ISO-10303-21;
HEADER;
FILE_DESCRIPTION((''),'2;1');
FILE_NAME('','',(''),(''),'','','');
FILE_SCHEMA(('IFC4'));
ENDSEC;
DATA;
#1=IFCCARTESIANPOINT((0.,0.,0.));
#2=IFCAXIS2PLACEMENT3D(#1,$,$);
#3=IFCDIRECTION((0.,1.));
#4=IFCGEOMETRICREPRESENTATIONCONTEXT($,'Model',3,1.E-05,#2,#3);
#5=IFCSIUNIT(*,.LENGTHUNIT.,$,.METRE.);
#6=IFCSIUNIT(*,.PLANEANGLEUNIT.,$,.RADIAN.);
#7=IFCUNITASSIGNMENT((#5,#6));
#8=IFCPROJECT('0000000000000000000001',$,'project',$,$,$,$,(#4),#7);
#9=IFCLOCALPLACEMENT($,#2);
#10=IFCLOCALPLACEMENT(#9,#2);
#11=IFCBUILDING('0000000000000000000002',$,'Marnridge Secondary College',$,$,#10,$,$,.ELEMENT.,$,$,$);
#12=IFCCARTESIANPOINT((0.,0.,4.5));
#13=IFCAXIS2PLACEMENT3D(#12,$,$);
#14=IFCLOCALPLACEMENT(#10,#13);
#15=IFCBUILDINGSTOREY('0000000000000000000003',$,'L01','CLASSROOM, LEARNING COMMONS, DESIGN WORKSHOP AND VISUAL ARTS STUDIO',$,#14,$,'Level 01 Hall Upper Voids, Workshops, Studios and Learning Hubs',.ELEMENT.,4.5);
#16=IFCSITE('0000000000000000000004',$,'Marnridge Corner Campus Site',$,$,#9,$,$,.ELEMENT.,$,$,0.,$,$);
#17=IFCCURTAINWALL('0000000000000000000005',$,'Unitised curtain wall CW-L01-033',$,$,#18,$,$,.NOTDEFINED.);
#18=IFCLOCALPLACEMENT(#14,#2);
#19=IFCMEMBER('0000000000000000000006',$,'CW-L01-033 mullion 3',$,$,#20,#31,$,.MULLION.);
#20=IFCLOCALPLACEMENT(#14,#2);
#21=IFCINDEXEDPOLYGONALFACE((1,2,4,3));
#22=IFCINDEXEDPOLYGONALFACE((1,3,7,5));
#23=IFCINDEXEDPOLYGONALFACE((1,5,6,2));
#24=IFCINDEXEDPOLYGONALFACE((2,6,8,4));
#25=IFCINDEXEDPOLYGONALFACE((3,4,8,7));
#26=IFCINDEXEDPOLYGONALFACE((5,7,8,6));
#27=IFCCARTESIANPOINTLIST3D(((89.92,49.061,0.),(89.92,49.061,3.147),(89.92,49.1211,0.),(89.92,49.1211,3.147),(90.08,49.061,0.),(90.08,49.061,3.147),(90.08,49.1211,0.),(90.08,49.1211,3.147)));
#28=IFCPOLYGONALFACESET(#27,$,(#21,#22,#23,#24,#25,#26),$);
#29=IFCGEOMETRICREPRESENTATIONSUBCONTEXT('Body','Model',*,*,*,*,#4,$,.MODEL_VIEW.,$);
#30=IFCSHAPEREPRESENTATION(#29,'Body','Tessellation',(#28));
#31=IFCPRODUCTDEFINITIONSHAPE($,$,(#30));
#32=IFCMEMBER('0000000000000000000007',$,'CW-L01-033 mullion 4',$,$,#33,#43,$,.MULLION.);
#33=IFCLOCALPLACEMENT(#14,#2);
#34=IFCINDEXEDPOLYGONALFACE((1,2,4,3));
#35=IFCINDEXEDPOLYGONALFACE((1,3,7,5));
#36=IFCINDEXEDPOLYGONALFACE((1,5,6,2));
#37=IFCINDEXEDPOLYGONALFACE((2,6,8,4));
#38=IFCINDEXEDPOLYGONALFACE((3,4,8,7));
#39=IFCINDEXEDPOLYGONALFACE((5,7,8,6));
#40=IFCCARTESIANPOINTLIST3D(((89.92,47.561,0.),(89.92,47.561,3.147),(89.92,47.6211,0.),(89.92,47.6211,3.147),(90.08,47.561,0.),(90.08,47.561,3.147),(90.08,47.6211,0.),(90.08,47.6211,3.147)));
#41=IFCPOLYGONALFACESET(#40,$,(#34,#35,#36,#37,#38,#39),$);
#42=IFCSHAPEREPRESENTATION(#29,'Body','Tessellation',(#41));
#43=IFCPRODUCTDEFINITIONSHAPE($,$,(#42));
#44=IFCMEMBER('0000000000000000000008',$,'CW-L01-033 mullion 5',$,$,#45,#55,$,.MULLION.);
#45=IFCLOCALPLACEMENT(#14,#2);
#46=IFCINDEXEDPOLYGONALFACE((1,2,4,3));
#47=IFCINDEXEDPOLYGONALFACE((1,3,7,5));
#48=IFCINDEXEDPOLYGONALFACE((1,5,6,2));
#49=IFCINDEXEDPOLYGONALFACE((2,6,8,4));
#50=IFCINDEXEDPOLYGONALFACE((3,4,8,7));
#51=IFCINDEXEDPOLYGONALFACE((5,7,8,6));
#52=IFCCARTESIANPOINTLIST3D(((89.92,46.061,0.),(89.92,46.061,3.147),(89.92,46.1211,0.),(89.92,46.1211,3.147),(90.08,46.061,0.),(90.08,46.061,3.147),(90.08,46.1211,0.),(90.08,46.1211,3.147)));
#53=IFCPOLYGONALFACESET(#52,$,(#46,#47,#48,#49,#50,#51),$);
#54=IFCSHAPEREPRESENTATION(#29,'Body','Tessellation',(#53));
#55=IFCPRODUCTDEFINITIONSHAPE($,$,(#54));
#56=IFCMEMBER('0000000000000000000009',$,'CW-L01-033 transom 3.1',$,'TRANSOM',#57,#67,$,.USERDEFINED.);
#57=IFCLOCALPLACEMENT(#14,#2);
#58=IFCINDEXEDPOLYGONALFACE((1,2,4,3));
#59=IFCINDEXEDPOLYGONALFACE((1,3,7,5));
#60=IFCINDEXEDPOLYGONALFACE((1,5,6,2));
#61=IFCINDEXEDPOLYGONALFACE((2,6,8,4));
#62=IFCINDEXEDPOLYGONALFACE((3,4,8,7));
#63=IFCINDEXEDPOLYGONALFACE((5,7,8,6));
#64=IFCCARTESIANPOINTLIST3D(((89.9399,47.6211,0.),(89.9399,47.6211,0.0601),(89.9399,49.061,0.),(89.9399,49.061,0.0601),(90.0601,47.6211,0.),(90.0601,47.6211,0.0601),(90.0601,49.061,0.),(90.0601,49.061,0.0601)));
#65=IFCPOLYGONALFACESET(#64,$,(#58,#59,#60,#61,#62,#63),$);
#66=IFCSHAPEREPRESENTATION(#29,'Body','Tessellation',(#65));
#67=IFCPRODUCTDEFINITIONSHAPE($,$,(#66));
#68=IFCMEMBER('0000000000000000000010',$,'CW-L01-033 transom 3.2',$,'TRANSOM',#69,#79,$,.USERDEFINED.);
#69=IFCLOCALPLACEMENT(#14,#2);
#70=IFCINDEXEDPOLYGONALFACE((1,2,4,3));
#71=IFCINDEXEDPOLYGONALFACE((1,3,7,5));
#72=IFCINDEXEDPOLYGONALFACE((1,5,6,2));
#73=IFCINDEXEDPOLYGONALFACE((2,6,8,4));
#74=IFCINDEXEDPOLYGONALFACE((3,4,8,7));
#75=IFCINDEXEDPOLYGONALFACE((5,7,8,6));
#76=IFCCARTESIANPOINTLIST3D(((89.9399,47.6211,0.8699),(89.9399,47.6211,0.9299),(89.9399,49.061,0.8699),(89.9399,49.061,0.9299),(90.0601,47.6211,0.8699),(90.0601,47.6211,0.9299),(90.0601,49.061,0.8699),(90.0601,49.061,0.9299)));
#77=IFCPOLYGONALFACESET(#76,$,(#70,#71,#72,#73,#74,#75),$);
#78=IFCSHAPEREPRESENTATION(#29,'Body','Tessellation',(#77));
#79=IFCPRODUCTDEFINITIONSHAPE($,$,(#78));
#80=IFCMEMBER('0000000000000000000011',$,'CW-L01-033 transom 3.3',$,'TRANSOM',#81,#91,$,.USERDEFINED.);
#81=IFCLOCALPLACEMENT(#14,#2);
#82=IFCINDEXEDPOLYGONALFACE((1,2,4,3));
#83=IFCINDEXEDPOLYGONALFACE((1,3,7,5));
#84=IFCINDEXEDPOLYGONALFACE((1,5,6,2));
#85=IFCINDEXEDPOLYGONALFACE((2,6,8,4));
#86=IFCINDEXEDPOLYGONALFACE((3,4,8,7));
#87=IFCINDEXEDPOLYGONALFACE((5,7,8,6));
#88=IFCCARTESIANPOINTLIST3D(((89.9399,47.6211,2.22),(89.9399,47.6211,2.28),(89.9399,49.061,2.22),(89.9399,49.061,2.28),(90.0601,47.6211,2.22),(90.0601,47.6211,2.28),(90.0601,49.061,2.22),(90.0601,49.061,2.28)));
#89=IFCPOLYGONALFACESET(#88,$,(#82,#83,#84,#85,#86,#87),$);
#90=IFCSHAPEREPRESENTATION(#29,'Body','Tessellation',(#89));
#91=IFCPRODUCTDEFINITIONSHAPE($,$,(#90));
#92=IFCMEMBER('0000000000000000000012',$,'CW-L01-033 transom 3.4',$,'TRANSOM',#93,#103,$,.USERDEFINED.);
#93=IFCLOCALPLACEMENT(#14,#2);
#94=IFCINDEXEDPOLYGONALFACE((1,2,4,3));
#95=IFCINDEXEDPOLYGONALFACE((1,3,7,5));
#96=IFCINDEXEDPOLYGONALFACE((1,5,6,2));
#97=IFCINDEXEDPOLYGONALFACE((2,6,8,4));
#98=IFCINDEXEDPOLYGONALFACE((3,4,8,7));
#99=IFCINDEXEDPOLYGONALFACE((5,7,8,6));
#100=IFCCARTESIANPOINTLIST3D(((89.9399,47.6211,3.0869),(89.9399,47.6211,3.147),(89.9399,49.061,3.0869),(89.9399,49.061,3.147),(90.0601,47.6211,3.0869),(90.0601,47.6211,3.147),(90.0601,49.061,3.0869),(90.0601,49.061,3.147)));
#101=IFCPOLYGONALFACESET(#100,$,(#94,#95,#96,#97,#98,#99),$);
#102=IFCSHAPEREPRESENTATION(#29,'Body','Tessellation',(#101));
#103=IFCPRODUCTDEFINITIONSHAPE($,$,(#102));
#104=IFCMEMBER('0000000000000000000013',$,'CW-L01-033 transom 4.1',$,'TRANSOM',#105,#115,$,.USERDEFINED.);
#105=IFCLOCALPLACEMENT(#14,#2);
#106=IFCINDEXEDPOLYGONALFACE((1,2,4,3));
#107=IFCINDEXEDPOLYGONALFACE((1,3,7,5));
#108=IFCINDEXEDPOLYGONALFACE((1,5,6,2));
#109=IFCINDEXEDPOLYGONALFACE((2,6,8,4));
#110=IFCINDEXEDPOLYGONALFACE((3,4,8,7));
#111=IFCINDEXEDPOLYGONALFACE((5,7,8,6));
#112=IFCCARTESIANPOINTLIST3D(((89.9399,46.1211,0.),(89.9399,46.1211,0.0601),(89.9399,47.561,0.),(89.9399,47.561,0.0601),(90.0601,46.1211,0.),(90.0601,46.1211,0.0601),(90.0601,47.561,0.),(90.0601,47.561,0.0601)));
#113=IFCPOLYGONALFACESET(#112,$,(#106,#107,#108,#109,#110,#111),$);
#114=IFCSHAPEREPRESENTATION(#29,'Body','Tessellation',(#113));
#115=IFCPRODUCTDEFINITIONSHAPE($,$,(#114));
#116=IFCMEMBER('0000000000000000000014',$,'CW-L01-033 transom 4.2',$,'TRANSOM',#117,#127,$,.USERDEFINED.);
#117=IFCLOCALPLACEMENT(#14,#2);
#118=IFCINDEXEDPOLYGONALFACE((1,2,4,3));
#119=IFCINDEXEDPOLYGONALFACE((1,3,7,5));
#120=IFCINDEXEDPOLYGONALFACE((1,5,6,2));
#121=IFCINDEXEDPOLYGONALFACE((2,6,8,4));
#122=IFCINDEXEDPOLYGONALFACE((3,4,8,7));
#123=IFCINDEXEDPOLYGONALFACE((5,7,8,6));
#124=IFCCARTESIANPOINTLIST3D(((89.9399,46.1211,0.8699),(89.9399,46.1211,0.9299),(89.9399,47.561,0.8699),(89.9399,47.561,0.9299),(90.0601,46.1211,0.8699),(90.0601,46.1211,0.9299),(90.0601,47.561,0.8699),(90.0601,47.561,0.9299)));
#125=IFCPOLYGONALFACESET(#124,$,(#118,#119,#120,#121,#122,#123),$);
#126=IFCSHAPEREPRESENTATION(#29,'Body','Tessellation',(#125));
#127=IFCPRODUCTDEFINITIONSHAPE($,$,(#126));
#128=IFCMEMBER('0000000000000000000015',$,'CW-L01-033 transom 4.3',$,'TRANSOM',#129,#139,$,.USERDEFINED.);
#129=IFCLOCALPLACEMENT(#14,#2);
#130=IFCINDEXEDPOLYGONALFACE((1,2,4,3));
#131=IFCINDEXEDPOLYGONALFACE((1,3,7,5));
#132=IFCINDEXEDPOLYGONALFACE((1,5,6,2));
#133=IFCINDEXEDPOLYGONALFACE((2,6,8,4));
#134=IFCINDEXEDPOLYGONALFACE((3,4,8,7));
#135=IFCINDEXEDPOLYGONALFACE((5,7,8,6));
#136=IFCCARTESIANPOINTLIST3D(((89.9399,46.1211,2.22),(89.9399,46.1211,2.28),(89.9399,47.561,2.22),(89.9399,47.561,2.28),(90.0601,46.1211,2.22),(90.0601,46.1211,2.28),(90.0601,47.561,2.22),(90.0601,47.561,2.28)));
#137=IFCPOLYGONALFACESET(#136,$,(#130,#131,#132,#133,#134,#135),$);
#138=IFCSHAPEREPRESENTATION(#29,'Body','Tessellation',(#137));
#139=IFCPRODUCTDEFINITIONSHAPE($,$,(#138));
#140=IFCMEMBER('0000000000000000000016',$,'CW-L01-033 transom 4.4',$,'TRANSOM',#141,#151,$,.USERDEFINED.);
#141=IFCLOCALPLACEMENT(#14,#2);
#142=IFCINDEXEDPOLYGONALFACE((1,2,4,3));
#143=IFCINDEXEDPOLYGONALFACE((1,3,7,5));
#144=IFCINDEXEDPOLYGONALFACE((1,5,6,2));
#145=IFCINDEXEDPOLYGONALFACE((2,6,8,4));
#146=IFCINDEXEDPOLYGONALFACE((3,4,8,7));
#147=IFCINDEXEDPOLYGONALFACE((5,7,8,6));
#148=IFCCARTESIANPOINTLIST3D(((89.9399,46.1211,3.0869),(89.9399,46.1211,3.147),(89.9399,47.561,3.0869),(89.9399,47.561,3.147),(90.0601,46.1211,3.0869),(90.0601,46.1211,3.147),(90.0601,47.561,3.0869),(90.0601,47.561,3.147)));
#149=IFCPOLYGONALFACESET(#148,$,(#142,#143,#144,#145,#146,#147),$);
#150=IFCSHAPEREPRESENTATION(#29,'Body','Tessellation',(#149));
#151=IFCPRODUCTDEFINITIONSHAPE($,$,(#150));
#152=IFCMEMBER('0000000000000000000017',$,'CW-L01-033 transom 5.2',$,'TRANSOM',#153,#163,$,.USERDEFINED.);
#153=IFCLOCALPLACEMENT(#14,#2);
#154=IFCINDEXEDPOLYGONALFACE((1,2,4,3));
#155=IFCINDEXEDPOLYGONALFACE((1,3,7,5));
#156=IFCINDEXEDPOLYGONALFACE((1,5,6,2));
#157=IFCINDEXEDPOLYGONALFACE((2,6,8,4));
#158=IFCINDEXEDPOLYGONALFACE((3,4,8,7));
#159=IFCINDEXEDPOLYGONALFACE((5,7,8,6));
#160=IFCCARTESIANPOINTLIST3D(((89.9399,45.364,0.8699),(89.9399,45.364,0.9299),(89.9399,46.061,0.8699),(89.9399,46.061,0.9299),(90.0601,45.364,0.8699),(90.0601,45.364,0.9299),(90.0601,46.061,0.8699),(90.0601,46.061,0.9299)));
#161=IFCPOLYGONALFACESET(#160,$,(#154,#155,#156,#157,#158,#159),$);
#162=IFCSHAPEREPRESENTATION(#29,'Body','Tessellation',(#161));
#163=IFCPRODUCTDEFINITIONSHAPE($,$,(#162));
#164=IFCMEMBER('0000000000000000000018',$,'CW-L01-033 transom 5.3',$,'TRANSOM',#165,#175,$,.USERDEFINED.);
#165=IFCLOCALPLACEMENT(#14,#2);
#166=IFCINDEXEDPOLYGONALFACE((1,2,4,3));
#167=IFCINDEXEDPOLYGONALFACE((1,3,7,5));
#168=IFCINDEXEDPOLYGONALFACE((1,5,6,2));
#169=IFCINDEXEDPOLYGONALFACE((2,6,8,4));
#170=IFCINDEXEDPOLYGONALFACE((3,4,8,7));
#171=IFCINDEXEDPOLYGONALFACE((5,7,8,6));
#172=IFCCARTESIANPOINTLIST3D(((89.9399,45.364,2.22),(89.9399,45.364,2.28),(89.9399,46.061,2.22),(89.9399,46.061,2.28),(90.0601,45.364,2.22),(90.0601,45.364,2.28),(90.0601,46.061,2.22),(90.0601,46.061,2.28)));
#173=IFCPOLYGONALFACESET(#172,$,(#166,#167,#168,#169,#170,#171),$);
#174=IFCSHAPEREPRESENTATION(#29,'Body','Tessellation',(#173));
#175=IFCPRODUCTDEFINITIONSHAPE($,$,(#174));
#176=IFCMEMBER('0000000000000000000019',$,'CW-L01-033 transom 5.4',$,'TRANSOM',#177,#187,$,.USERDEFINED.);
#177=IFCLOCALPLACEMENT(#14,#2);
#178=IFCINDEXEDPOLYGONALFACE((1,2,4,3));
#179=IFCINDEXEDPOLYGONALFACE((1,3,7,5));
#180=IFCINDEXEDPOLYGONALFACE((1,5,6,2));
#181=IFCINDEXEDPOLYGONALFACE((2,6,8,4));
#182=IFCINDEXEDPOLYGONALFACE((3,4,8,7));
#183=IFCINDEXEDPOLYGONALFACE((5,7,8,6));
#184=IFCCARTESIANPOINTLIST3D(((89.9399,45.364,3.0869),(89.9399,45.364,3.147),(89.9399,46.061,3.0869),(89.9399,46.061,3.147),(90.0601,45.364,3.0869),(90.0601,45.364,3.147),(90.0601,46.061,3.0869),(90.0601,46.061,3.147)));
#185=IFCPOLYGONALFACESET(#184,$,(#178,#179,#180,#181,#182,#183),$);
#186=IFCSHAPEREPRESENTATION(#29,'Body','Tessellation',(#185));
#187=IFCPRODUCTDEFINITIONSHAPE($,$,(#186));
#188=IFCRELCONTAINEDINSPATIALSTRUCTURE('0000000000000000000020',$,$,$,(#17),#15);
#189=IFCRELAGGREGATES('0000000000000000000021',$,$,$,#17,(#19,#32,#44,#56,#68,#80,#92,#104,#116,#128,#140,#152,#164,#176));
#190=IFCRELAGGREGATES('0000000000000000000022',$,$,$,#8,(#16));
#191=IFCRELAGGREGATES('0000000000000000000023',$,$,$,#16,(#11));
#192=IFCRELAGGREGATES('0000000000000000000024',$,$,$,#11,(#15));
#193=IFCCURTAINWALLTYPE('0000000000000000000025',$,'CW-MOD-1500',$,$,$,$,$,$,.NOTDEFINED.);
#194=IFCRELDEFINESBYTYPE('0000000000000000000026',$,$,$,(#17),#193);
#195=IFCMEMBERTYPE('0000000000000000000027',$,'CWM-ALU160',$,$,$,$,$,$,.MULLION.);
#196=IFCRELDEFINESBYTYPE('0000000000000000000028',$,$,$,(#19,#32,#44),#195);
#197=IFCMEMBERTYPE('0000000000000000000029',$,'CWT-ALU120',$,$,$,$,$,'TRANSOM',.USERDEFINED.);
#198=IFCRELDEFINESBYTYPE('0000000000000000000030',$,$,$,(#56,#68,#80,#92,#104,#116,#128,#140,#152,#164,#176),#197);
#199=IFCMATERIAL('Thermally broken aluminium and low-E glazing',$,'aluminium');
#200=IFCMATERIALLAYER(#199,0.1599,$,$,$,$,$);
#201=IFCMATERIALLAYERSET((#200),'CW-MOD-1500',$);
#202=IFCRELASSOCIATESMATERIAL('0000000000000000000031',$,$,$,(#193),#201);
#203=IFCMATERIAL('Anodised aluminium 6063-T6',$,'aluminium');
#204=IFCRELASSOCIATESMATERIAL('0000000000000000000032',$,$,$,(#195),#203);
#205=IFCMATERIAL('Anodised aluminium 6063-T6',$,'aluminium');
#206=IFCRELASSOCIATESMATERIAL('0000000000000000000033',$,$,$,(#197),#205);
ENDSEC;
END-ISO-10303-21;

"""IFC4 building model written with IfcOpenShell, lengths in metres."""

from ifc_helpers import new_model, si_unit, direction, frame, origin, origin_2d, place, context, subcontext, project, spatial, rectangle, extrude, material, layer, layer_set, material_profile, profile_set, type_object, element, aggregate, save


model = new_model("IFC4")

# Units and contexts
model_context = context("Model", 3, precision=1e-05, world=origin(), true_north=direction((0.0, 1.0)))
body_context = subcontext(model_context, "Body", "Model", "MODEL_VIEW")
ifc_project = project(units=[si_unit("LENGTHUNIT", "METRE"), si_unit("PLANEANGLEUNIT", "RADIAN")], contexts=[model_context])

# Site, building, storey
site_placement = place(None, origin())
site = spatial("IfcSite", under=ifc_project, at=site_placement, Name="Marnridge Corner Campus Site", CompositionType="ELEMENT", RefElevation=0.0)
building_placement = place(site_placement, origin())
building = spatial("IfcBuilding", under=site, at=building_placement, Name="Marnridge Secondary College", CompositionType="ELEMENT")
storey_placement = place(building_placement, frame((0.0, 0.0, 4.5)))
storey = spatial("IfcBuildingStorey", under=building, at=storey_placement, Name="L01", Description="CLASSROOM, LEARNING COMMONS, DESIGN WORKSHOP AND VISUAL ARTS STUDIO", LongName="Level 01 Hall Upper Voids, Workshops, Studios and Learning Hubs", CompositionType="ELEMENT", Elevation=4.5)

# Curtain wall, members
ifc_material_1 = material(Name="Thermally broken aluminium and low-E glazing", Category="aluminium")
ifc_layer_1 = layer(ifc_material_1, 0.1599)
ifc_layer_set_1 = layer_set([ifc_layer_1], Name="CW-MOD-1500")
curtain_wall_type = type_object("IfcCurtainWallType", Name="CW-MOD-1500", PredefinedType="NOTDEFINED", material=ifc_layer_set_1)
curtain_wall_placement = place(storey_placement, origin())
curtain_wall = element("IfcCurtainWall", 1, at=curtain_wall_placement, inside=storey, type_object=curtain_wall_type, Name="Unitised curtain wall CW-L01-033", PredefinedType="NOTDEFINED")
ifc_material_2 = material(Name="Anodised aluminium 6063-T6", Category="aluminium")
ifc_material_profile_1 = material_profile(ifc_material_2, rectangle(XDim=0.0601, YDim=0.1599, at=origin_2d()), Name="ALU 60x160")
ifc_profile_set_1 = profile_set([ifc_material_profile_1], Name="Anodised aluminium 6063-T6")
member_type_1 = type_object("IfcMemberType", Name="CWM-ALU160", PredefinedType="MULLION", material=ifc_profile_set_1)
member_1_placement = place(storey_placement, frame((90.0, 49.0911, 0.0), z_axis=(0.0, 0.0, 1.0), x_axis=(0.0, -1.0, 0.0)))
member_1 = element("IfcMember", 2, at=member_1_placement, type_object=member_type_1, Name="CW-L01-033 mullion 3", PredefinedType="MULLION", context=body_context, shape_type="SweptSolid", body=[
    extrude(rectangle(XDim=0.0601, YDim=0.1599, at=origin_2d()), origin(), (0.0, 0.0, 1.0), 3.147),
])
member_2_placement = place(storey_placement, frame((90.0, 47.5911, 0.0), z_axis=(0.0, 0.0, 1.0), x_axis=(0.0, -1.0, 0.0)))
member_2 = element("IfcMember", 3, at=member_2_placement, type_object=member_type_1, Name="CW-L01-033 mullion 4", PredefinedType="MULLION", context=body_context, shape_type="SweptSolid", body=[
    extrude(rectangle(XDim=0.0601, YDim=0.1599, at=origin_2d()), origin(), (0.0, 0.0, 1.0), 3.147),
])
member_3_placement = place(storey_placement, frame((90.0, 46.0911, 0.0), z_axis=(0.0, 0.0, 1.0), x_axis=(0.0, -1.0, 0.0)))
member_3 = element("IfcMember", 4, at=member_3_placement, type_object=member_type_1, Name="CW-L01-033 mullion 5", PredefinedType="MULLION", context=body_context, shape_type="SweptSolid", body=[
    extrude(rectangle(XDim=0.0601, YDim=0.1599, at=origin_2d()), origin(), (0.0, 0.0, 1.0), 3.147),
])
ifc_material_3 = material(Name="Anodised aluminium 6063-T6", Category="aluminium")
ifc_material_profile_2 = material_profile(ifc_material_3, rectangle(XDim=0.0601, YDim=0.1201, at=origin_2d()), Name="ALU 60x120")
ifc_profile_set_2 = profile_set([ifc_material_profile_2], Name="Anodised aluminium 6063-T6")
member_type_2 = type_object("IfcMemberType", Name="CWT-ALU120", ElementType="TRANSOM", PredefinedType="USERDEFINED", material=ifc_profile_set_2)
member_4_placement = place(storey_placement, frame((90.0, 49.061, 0.03), z_axis=(0.0, -1.0, 0.0), x_axis=(0.0, 0.0, 1.0)))
member_4 = element("IfcMember", 5, at=member_4_placement, type_object=member_type_2, Name="CW-L01-033 transom 3.1", ObjectType="TRANSOM", PredefinedType="USERDEFINED", context=body_context, shape_type="SweptSolid", body=[
    extrude(rectangle(XDim=0.0601, YDim=0.1201, at=origin_2d()), origin(), (0.0, 0.0, 1.0), 1.4399),
])
member_5_placement = place(storey_placement, frame((90.0, 49.061, 0.8999), z_axis=(0.0, -1.0, 0.0), x_axis=(0.0, 0.0, 1.0)))
member_5 = element("IfcMember", 6, at=member_5_placement, type_object=member_type_2, Name="CW-L01-033 transom 3.2", ObjectType="TRANSOM", PredefinedType="USERDEFINED", context=body_context, shape_type="SweptSolid", body=[
    extrude(rectangle(XDim=0.0601, YDim=0.1201, at=origin_2d()), origin(), (0.0, 0.0, 1.0), 1.4399),
])
member_6_placement = place(storey_placement, frame((90.0, 49.061, 2.25), z_axis=(0.0, -1.0, 0.0), x_axis=(0.0, 0.0, 1.0)))
member_6 = element("IfcMember", 7, at=member_6_placement, type_object=member_type_2, Name="CW-L01-033 transom 3.3", ObjectType="TRANSOM", PredefinedType="USERDEFINED", context=body_context, shape_type="SweptSolid", body=[
    extrude(rectangle(XDim=0.0601, YDim=0.1201, at=origin_2d()), origin(), (0.0, 0.0, 1.0), 1.4399),
])
member_7_placement = place(storey_placement, frame((90.0, 49.061, 3.1169), z_axis=(0.0, -1.0, 0.0), x_axis=(0.0, 0.0, 1.0)))
member_7 = element("IfcMember", 8, at=member_7_placement, type_object=member_type_2, Name="CW-L01-033 transom 3.4", ObjectType="TRANSOM", PredefinedType="USERDEFINED", context=body_context, shape_type="SweptSolid", body=[
    extrude(rectangle(XDim=0.0601, YDim=0.1201, at=origin_2d()), origin(), (0.0, 0.0, 1.0), 1.4399),
])
member_8_placement = place(storey_placement, frame((90.0, 47.561, 0.03), z_axis=(0.0, -1.0, 0.0), x_axis=(0.0, 0.0, 1.0)))
member_8 = element("IfcMember", 9, at=member_8_placement, type_object=member_type_2, Name="CW-L01-033 transom 4.1", ObjectType="TRANSOM", PredefinedType="USERDEFINED", context=body_context, shape_type="SweptSolid", body=[
    extrude(rectangle(XDim=0.0601, YDim=0.1201, at=origin_2d()), origin(), (0.0, 0.0, 1.0), 1.4399),
])
member_9_placement = place(storey_placement, frame((90.0, 47.561, 0.8999), z_axis=(0.0, -1.0, 0.0), x_axis=(0.0, 0.0, 1.0)))
member_9 = element("IfcMember", 10, at=member_9_placement, type_object=member_type_2, Name="CW-L01-033 transom 4.2", ObjectType="TRANSOM", PredefinedType="USERDEFINED", context=body_context, shape_type="SweptSolid", body=[
    extrude(rectangle(XDim=0.0601, YDim=0.1201, at=origin_2d()), origin(), (0.0, 0.0, 1.0), 1.4399),
])
member_10_placement = place(storey_placement, frame((90.0, 47.561, 2.25), z_axis=(0.0, -1.0, 0.0), x_axis=(0.0, 0.0, 1.0)))
member_10 = element("IfcMember", 11, at=member_10_placement, type_object=member_type_2, Name="CW-L01-033 transom 4.3", ObjectType="TRANSOM", PredefinedType="USERDEFINED", context=body_context, shape_type="SweptSolid", body=[
    extrude(rectangle(XDim=0.0601, YDim=0.1201, at=origin_2d()), origin(), (0.0, 0.0, 1.0), 1.4399),
])
member_11_placement = place(storey_placement, frame((90.0, 47.561, 3.1169), z_axis=(0.0, -1.0, 0.0), x_axis=(0.0, 0.0, 1.0)))
member_11 = element("IfcMember", 12, at=member_11_placement, type_object=member_type_2, Name="CW-L01-033 transom 4.4", ObjectType="TRANSOM", PredefinedType="USERDEFINED", context=body_context, shape_type="SweptSolid", body=[
    extrude(rectangle(XDim=0.0601, YDim=0.1201, at=origin_2d()), origin(), (0.0, 0.0, 1.0), 1.4399),
])
member_12_placement = place(storey_placement, frame((90.0, 46.061, 0.8999), z_axis=(0.0, -1.0, 0.0), x_axis=(0.0, 0.0, 1.0)))
member_12 = element("IfcMember", 13, at=member_12_placement, type_object=member_type_2, Name="CW-L01-033 transom 5.2", ObjectType="TRANSOM", PredefinedType="USERDEFINED", context=body_context, shape_type="SweptSolid", body=[
    extrude(rectangle(XDim=0.0601, YDim=0.1201, at=origin_2d()), origin(), (0.0, 0.0, 1.0), 0.697),
])
member_13_placement = place(storey_placement, frame((90.0, 46.061, 2.25), z_axis=(0.0, -1.0, 0.0), x_axis=(0.0, 0.0, 1.0)))
member_13 = element("IfcMember", 14, at=member_13_placement, type_object=member_type_2, Name="CW-L01-033 transom 5.3", ObjectType="TRANSOM", PredefinedType="USERDEFINED", context=body_context, shape_type="SweptSolid", body=[
    extrude(rectangle(XDim=0.0601, YDim=0.1201, at=origin_2d()), origin(), (0.0, 0.0, 1.0), 0.697),
])
member_14_placement = place(storey_placement, frame((90.0, 46.061, 3.1169), z_axis=(0.0, -1.0, 0.0), x_axis=(0.0, 0.0, 1.0)))
member_14 = element("IfcMember", 15, at=member_14_placement, type_object=member_type_2, Name="CW-L01-033 transom 5.4", ObjectType="TRANSOM", PredefinedType="USERDEFINED", context=body_context, shape_type="SweptSolid", body=[
    extrude(rectangle(XDim=0.0601, YDim=0.1201, at=origin_2d()), origin(), (0.0, 0.0, 1.0), 0.697),
])
aggregate(curtain_wall, [member_1, member_2, member_3, member_4, member_5, member_6, member_7, member_8, member_9, member_10, member_11, member_12, member_13, member_14])

save(model, "model.ifc")
